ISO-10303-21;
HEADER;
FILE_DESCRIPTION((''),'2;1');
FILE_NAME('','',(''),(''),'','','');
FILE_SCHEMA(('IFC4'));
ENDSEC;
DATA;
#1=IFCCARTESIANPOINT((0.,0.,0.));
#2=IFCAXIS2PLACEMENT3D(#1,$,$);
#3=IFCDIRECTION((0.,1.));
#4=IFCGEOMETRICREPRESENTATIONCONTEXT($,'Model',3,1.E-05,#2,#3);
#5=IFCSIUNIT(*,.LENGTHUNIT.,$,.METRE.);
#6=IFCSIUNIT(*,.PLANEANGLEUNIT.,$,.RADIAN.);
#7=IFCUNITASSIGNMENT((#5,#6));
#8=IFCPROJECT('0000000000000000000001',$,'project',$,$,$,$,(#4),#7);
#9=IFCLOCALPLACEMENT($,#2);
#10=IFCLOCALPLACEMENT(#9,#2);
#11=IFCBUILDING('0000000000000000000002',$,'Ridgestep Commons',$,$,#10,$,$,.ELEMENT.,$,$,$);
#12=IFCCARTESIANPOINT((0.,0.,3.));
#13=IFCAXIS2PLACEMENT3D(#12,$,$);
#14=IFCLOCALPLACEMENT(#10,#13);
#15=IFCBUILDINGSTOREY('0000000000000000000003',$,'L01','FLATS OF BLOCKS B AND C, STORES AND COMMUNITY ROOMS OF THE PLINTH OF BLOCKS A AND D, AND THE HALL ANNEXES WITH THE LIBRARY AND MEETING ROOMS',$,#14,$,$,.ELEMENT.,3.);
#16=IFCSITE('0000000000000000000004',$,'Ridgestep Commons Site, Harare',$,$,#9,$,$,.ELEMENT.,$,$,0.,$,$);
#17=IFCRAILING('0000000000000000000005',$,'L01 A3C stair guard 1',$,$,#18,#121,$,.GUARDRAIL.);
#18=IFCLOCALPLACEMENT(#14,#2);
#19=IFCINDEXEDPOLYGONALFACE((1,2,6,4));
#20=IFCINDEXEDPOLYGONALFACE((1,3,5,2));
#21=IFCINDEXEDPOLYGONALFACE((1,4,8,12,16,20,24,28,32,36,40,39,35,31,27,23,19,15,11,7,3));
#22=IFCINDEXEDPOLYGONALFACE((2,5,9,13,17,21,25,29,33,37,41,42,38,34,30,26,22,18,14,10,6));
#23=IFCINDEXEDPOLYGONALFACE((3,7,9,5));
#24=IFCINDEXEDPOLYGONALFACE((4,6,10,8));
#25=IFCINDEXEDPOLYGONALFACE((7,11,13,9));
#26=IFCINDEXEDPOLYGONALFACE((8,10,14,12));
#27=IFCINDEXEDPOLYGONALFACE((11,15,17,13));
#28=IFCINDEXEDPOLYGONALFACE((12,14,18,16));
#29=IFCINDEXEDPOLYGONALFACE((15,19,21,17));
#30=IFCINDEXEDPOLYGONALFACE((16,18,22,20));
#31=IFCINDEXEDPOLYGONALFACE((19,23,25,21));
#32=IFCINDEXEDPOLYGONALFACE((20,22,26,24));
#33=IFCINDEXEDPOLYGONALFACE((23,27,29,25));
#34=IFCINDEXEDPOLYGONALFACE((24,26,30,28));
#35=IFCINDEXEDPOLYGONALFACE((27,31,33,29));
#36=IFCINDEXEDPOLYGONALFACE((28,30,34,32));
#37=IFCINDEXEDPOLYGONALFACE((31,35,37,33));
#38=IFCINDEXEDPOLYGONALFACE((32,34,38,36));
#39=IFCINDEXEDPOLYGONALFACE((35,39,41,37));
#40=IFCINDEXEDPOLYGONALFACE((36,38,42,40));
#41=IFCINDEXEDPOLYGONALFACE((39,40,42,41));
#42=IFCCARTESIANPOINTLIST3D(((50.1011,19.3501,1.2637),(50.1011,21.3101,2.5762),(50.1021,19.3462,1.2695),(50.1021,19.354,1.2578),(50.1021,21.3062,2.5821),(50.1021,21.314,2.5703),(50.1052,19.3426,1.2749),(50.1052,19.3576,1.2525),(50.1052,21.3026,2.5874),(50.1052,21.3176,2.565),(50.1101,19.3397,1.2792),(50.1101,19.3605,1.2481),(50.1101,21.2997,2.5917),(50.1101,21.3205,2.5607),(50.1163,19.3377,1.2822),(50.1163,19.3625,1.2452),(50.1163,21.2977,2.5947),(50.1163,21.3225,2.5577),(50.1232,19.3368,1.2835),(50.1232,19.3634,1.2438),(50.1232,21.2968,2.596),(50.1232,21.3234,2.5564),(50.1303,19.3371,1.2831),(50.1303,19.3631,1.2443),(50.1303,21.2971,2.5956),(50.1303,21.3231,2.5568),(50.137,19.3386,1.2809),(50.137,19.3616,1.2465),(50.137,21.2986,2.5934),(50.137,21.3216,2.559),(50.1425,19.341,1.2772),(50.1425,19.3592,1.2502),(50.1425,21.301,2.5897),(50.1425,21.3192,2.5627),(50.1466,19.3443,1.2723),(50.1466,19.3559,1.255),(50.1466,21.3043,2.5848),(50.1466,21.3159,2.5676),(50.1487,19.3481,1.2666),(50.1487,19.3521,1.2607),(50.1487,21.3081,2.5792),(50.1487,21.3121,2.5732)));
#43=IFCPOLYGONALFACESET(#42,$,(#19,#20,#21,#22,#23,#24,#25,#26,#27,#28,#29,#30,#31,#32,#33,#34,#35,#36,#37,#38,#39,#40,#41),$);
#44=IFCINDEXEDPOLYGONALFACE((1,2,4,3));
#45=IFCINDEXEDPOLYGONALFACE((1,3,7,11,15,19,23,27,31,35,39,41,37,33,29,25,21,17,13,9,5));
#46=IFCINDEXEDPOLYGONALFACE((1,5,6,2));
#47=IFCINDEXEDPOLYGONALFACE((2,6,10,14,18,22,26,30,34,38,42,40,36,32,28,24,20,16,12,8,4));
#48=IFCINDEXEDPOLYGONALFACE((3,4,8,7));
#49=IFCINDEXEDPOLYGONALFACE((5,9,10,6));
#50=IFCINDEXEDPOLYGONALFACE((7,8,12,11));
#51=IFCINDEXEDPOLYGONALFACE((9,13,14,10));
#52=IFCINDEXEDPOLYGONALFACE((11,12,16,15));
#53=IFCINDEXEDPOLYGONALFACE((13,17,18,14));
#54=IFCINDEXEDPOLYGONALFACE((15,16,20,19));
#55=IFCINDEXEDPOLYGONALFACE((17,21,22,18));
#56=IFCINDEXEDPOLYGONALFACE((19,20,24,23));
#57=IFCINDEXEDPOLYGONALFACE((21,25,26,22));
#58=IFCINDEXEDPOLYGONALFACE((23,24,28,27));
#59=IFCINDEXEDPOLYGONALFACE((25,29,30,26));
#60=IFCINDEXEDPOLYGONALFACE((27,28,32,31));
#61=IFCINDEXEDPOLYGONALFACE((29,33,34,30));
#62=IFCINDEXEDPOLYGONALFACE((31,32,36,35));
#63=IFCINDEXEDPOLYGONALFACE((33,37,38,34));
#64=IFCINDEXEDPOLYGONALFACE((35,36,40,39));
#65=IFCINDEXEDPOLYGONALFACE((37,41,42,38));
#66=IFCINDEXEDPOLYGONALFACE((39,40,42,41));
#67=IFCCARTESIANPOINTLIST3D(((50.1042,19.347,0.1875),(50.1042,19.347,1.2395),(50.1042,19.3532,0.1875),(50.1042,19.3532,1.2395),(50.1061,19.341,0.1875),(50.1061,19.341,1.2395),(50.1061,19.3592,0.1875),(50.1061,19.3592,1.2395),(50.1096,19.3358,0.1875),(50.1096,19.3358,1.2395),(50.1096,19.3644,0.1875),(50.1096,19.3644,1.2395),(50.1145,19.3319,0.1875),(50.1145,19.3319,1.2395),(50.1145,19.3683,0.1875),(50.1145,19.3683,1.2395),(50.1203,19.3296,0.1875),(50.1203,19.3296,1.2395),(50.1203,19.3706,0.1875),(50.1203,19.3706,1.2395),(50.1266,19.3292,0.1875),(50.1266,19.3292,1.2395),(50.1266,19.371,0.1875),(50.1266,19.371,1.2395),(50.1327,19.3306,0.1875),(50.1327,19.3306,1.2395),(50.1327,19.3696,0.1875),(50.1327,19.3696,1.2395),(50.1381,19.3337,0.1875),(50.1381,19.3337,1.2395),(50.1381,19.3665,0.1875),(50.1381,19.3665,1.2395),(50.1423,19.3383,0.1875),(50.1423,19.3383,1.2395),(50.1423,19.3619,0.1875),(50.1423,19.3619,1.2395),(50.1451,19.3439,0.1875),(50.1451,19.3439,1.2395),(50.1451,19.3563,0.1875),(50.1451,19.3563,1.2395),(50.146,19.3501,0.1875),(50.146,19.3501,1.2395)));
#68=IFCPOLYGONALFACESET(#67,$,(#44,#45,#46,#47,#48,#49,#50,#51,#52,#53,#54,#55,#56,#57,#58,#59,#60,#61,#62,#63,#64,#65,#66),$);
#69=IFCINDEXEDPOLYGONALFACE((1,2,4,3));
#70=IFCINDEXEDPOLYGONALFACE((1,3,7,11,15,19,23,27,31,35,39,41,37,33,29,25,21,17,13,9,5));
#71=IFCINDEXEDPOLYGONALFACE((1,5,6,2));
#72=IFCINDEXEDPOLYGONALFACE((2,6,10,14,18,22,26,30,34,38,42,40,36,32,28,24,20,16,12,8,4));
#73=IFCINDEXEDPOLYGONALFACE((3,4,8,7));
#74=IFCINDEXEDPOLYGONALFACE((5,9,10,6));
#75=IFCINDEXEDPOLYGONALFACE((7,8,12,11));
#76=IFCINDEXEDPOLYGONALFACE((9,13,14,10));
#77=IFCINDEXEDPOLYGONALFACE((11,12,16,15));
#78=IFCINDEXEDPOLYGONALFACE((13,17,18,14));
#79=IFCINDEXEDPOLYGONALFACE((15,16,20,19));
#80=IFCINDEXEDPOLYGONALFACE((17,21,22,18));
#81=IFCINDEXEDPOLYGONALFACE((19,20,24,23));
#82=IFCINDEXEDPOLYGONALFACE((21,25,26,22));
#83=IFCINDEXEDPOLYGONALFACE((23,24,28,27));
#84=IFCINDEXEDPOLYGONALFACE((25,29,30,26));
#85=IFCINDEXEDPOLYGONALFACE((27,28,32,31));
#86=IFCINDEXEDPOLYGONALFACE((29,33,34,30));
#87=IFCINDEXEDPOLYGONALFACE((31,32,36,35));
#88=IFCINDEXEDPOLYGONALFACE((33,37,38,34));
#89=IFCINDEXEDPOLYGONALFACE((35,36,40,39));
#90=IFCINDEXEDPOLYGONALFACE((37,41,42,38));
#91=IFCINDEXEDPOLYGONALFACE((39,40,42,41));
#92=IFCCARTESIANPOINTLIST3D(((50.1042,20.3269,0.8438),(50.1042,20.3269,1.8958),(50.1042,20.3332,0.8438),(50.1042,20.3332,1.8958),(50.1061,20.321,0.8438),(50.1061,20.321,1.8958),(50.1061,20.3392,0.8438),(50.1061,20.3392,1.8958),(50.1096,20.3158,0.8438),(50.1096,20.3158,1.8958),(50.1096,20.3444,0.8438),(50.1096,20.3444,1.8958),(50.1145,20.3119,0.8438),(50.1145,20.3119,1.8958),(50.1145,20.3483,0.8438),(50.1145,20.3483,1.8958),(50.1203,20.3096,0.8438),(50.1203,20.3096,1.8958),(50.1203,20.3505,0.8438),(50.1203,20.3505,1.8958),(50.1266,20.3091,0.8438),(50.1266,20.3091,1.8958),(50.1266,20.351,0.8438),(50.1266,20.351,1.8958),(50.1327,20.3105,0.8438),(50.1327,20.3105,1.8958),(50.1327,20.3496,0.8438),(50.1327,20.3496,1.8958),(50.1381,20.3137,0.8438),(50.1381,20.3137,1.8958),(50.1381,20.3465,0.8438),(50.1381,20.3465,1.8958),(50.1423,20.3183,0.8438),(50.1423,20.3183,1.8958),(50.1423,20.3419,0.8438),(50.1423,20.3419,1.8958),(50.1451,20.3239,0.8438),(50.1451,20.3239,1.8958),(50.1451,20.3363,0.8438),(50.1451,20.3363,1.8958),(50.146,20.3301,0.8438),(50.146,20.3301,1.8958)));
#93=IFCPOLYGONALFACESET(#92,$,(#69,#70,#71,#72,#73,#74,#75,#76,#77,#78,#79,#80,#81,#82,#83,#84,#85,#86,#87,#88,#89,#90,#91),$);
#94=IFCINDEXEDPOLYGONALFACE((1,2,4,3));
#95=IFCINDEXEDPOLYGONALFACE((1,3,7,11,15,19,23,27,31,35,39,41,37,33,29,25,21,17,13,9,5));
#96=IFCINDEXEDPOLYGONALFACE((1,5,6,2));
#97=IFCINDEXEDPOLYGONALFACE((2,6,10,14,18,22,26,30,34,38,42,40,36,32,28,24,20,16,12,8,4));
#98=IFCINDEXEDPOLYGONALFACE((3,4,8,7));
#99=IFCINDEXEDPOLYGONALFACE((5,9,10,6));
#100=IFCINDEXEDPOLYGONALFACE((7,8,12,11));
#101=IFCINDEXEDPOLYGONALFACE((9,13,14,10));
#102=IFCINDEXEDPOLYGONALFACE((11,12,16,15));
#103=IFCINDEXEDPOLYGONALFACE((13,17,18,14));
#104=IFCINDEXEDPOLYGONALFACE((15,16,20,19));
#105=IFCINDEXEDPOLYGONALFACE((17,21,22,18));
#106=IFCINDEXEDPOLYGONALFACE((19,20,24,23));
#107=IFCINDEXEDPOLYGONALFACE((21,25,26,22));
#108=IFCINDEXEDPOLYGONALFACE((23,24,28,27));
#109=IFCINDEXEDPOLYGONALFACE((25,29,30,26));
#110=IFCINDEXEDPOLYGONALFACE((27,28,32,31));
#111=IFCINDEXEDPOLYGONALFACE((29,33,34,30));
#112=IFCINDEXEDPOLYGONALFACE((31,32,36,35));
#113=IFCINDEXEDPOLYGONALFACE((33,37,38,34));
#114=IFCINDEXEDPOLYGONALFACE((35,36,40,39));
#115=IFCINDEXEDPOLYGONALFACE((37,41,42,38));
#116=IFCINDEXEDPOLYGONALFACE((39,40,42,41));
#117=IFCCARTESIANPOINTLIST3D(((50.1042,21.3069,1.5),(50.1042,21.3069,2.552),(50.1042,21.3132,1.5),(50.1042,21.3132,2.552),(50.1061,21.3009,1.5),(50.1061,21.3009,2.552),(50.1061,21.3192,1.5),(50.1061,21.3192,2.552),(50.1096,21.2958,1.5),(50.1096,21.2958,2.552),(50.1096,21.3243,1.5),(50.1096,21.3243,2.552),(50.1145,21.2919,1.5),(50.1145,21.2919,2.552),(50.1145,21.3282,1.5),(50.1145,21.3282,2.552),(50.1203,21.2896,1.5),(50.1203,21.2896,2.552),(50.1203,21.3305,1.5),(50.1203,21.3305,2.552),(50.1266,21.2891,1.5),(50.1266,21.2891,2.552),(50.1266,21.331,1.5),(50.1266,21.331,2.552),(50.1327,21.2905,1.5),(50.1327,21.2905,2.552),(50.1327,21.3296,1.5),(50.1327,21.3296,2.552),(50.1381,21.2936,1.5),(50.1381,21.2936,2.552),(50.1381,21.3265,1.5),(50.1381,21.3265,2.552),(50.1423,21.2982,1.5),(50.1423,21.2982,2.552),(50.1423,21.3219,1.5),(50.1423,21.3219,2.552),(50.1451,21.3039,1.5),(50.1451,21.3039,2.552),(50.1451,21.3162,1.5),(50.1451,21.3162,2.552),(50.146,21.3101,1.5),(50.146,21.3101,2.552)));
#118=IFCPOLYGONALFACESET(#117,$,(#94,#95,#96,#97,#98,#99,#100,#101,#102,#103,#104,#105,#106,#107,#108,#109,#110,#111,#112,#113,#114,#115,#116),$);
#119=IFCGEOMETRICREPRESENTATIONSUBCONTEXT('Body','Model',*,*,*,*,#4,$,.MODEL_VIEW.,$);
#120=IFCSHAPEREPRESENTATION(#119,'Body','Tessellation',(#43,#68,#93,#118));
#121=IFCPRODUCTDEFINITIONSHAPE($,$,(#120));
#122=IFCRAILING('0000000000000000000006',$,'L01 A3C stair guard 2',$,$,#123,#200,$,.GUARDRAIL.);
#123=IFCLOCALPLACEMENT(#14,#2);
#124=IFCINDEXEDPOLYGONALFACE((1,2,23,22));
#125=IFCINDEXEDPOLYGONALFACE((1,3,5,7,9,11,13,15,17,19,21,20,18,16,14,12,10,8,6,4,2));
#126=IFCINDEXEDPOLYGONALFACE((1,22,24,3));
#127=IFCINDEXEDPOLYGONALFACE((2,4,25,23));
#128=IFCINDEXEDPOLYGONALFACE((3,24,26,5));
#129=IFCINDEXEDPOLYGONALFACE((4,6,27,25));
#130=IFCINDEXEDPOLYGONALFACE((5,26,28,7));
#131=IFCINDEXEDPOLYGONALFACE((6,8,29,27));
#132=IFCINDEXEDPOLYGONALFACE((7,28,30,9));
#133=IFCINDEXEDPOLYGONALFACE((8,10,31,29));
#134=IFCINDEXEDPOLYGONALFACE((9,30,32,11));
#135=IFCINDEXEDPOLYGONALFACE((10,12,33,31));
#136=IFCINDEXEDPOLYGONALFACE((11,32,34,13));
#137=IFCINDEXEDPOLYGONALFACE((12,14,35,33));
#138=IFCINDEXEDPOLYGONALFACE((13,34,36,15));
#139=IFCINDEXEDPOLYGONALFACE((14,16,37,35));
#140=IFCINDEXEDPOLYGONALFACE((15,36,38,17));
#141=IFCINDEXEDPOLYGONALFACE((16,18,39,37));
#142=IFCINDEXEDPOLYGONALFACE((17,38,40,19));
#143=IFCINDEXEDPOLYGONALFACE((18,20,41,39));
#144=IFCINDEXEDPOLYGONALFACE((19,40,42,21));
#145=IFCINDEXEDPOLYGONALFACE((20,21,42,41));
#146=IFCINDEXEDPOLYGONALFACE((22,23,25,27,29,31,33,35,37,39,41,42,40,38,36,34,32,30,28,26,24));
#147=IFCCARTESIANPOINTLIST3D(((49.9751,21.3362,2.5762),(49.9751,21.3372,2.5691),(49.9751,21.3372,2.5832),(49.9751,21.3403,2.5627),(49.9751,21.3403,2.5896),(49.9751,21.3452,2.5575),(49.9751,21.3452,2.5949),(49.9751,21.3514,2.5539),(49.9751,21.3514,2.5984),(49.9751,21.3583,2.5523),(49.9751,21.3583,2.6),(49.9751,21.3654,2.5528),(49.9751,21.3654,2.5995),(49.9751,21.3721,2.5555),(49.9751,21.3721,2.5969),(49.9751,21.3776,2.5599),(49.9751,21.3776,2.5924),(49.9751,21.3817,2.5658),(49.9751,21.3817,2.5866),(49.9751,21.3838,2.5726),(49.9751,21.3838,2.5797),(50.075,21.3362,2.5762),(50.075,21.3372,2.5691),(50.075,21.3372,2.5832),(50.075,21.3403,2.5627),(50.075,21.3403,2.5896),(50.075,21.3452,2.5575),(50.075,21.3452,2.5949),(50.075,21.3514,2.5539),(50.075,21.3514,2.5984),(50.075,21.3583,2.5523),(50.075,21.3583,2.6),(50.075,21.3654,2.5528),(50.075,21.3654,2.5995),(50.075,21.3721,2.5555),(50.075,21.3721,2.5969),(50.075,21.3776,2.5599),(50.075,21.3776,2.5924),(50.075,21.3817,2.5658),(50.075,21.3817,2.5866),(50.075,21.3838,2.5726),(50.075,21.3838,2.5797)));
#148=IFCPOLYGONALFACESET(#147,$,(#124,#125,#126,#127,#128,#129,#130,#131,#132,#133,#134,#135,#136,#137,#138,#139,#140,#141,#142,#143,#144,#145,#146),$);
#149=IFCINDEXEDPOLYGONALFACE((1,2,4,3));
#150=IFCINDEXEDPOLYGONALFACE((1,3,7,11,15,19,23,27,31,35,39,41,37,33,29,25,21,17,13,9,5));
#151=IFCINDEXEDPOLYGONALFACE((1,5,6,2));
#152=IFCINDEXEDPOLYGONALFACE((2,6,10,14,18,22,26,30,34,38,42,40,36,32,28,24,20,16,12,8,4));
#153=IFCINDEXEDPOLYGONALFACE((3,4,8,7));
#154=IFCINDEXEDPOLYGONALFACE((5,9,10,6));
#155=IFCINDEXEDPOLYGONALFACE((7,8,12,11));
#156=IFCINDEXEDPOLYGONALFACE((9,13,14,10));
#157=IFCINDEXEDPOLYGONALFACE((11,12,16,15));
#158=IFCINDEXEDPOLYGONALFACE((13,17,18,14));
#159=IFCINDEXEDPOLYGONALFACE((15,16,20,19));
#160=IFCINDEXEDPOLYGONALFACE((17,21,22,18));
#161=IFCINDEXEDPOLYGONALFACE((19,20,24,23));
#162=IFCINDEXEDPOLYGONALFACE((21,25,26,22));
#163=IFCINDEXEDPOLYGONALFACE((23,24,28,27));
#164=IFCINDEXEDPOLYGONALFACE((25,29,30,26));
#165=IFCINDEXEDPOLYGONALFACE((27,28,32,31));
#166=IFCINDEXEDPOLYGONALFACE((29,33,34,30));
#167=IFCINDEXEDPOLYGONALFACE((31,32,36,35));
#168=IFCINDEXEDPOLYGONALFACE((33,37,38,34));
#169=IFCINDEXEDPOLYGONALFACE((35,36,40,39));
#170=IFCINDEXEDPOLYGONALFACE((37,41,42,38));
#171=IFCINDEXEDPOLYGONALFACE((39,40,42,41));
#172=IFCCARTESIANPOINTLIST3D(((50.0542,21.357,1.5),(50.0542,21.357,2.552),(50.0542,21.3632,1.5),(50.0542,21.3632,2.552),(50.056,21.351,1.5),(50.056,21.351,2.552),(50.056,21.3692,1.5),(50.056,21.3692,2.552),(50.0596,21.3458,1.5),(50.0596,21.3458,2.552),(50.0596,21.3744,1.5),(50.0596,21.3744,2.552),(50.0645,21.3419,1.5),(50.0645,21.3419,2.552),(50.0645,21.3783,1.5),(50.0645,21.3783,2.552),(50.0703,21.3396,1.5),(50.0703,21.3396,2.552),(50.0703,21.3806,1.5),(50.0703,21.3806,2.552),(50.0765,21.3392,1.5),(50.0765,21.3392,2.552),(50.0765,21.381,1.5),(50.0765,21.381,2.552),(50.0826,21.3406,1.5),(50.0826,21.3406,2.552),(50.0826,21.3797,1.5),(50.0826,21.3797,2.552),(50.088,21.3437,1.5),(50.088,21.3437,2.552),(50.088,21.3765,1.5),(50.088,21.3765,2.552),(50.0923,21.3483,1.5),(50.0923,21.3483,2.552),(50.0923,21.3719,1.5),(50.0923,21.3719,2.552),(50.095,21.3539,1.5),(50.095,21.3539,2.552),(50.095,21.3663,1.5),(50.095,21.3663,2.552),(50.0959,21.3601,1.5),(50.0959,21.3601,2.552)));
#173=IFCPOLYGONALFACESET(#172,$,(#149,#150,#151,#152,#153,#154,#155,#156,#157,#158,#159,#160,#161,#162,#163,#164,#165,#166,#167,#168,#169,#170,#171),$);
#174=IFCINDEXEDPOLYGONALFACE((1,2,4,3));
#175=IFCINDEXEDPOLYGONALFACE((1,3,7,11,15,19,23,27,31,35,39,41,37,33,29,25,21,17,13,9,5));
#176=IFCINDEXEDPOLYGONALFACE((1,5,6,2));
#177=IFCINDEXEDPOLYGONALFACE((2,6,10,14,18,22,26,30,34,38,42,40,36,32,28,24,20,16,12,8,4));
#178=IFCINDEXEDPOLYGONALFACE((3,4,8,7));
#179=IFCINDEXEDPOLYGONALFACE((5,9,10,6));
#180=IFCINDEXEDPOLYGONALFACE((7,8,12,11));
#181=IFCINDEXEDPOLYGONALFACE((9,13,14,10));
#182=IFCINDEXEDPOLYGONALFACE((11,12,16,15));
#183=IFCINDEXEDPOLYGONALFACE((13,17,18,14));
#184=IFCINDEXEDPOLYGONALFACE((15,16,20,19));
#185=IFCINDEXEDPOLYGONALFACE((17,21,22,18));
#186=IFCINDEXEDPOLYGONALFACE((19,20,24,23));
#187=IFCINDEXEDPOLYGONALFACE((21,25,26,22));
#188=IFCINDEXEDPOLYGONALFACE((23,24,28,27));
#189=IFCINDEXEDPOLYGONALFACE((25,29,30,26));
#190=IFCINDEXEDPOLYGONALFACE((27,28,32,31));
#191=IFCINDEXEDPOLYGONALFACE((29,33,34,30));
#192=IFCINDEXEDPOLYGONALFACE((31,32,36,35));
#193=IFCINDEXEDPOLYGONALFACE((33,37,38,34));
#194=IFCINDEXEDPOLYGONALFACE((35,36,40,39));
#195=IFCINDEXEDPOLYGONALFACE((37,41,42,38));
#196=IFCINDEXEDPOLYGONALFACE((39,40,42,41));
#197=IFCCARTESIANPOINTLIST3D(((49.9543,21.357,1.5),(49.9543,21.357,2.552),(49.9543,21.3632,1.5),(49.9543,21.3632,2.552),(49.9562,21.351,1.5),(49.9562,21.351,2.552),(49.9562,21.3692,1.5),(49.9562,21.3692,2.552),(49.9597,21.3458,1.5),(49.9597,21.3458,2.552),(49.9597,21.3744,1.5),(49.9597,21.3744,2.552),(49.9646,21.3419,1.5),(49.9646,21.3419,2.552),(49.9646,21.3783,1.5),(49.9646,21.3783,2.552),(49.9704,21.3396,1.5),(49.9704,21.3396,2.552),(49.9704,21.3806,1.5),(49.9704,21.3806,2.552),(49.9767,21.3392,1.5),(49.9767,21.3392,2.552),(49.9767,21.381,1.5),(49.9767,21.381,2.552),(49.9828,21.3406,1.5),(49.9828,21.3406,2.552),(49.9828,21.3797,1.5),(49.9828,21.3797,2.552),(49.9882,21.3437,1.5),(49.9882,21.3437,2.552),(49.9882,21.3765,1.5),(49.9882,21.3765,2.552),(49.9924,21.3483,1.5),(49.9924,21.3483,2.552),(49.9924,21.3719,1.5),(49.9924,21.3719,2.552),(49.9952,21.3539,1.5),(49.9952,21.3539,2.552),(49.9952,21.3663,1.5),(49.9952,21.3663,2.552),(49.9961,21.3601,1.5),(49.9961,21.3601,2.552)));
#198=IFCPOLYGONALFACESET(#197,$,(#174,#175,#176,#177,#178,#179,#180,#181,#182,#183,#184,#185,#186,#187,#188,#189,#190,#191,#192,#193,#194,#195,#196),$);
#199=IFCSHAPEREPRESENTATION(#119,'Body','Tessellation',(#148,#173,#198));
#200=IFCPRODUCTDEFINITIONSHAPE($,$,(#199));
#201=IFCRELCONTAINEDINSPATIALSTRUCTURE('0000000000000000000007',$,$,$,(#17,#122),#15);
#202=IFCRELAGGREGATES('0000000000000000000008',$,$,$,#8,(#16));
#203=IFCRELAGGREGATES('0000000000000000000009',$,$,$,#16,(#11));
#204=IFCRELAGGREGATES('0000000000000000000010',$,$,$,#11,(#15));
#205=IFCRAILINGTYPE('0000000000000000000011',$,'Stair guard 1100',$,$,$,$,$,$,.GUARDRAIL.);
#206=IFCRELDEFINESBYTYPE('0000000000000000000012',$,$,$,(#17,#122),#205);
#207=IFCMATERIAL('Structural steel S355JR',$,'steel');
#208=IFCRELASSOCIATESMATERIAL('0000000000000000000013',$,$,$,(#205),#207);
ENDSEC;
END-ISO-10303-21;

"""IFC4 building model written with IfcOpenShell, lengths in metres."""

from ifc_helpers import new_model, si_unit, direction, frame, origin, origin_2d, place, context, subcontext, project, spatial, circle, extrude, material, type_object, element, save


model = new_model("IFC4")

# Units and contexts
model_context = context("Model", 3, precision=1e-05, world=origin(), true_north=direction((0.0, 1.0)))
body_context = subcontext(model_context, "Body", "Model", "MODEL_VIEW")
ifc_project = project(units=[si_unit("LENGTHUNIT", "METRE"), si_unit("PLANEANGLEUNIT", "RADIAN")], contexts=[model_context])

# Site, building, storey
site_placement = place(None, origin())
site = spatial("IfcSite", under=ifc_project, at=site_placement, Name="Ridgestep Commons Site, Harare", CompositionType="ELEMENT", RefElevation=0.0)
building_placement = place(site_placement, origin())
building = spatial("IfcBuilding", under=site, at=building_placement, Name="Ridgestep Commons", CompositionType="ELEMENT")
storey_placement = place(building_placement, frame((0.0, 0.0, 3.0)))
storey = spatial("IfcBuildingStorey", under=building, at=storey_placement, Name="L01", Description="FLATS OF BLOCKS B AND C, STORES AND COMMUNITY ROOMS OF THE PLINTH OF BLOCKS A AND D, AND THE HALL ANNEXES WITH THE LIBRARY AND MEETING ROOMS", CompositionType="ELEMENT", Elevation=3.0)

# Railings
ifc_material_1 = material(Name="Structural steel S355JR", Category="steel")
railing_type_1 = type_object("IfcRailingType", Name="Stair guard 1100", PredefinedType="GUARDRAIL", material=ifc_material_1)
railing_1_placement = place(storey_placement, frame((50.125, 19.3501, 0.1875)))
element("IfcRailing", 1, at=railing_1_placement, inside=storey, type_object=railing_type_1, Name="L01 A3C stair guard 1", PredefinedType="GUARDRAIL", context=body_context, shape_type="SweptSolid", body=[
    extrude(circle(Radius=0.0239, at=origin_2d()), frame((0.0, 0.0, 1.0762), z_axis=(0.0, 0.830902, 0.556419), x_axis=(-1.0, 0.0, 0.0)), (0.0, 0.0, 1.0), 2.3589),
    extrude(circle(Radius=0.021, at=origin_2d()), origin(), (0.0, 0.0, 1.0), 1.052),
    extrude(circle(Radius=0.021, at=origin_2d()), frame((0.0, 0.98, 0.6562)), (0.0, 0.0, 1.0), 1.052),
    extrude(circle(Radius=0.021, at=origin_2d()), frame((0.0, 1.96, 1.3125)), (0.0, 0.0, 1.0), 1.052),
])
railing_2_placement = place(storey_placement, frame((50.075, 21.3601, 1.5)))
element("IfcRailing", 2, at=railing_2_placement, inside=storey, type_object=railing_type_1, Name="L01 A3C stair guard 2", PredefinedType="GUARDRAIL", context=body_context, shape_type="SweptSolid", body=[
    extrude(circle(Radius=0.0239, at=origin_2d()), frame((0.0, 0.0, 1.0762), z_axis=(-1.0, 0.0, 0.0), x_axis=(0.0, -1.0, 0.0)), (0.0, 0.0, 1.0), 0.0999),
    extrude(circle(Radius=0.021, at=origin_2d()), origin(), (0.0, 0.0, 1.0), 1.052),
    extrude(circle(Radius=0.021, at=origin_2d()), frame((-0.0999, 0.0, 0.0)), (0.0, 0.0, 1.0), 1.052),
])

save(model, "model.ifc")
